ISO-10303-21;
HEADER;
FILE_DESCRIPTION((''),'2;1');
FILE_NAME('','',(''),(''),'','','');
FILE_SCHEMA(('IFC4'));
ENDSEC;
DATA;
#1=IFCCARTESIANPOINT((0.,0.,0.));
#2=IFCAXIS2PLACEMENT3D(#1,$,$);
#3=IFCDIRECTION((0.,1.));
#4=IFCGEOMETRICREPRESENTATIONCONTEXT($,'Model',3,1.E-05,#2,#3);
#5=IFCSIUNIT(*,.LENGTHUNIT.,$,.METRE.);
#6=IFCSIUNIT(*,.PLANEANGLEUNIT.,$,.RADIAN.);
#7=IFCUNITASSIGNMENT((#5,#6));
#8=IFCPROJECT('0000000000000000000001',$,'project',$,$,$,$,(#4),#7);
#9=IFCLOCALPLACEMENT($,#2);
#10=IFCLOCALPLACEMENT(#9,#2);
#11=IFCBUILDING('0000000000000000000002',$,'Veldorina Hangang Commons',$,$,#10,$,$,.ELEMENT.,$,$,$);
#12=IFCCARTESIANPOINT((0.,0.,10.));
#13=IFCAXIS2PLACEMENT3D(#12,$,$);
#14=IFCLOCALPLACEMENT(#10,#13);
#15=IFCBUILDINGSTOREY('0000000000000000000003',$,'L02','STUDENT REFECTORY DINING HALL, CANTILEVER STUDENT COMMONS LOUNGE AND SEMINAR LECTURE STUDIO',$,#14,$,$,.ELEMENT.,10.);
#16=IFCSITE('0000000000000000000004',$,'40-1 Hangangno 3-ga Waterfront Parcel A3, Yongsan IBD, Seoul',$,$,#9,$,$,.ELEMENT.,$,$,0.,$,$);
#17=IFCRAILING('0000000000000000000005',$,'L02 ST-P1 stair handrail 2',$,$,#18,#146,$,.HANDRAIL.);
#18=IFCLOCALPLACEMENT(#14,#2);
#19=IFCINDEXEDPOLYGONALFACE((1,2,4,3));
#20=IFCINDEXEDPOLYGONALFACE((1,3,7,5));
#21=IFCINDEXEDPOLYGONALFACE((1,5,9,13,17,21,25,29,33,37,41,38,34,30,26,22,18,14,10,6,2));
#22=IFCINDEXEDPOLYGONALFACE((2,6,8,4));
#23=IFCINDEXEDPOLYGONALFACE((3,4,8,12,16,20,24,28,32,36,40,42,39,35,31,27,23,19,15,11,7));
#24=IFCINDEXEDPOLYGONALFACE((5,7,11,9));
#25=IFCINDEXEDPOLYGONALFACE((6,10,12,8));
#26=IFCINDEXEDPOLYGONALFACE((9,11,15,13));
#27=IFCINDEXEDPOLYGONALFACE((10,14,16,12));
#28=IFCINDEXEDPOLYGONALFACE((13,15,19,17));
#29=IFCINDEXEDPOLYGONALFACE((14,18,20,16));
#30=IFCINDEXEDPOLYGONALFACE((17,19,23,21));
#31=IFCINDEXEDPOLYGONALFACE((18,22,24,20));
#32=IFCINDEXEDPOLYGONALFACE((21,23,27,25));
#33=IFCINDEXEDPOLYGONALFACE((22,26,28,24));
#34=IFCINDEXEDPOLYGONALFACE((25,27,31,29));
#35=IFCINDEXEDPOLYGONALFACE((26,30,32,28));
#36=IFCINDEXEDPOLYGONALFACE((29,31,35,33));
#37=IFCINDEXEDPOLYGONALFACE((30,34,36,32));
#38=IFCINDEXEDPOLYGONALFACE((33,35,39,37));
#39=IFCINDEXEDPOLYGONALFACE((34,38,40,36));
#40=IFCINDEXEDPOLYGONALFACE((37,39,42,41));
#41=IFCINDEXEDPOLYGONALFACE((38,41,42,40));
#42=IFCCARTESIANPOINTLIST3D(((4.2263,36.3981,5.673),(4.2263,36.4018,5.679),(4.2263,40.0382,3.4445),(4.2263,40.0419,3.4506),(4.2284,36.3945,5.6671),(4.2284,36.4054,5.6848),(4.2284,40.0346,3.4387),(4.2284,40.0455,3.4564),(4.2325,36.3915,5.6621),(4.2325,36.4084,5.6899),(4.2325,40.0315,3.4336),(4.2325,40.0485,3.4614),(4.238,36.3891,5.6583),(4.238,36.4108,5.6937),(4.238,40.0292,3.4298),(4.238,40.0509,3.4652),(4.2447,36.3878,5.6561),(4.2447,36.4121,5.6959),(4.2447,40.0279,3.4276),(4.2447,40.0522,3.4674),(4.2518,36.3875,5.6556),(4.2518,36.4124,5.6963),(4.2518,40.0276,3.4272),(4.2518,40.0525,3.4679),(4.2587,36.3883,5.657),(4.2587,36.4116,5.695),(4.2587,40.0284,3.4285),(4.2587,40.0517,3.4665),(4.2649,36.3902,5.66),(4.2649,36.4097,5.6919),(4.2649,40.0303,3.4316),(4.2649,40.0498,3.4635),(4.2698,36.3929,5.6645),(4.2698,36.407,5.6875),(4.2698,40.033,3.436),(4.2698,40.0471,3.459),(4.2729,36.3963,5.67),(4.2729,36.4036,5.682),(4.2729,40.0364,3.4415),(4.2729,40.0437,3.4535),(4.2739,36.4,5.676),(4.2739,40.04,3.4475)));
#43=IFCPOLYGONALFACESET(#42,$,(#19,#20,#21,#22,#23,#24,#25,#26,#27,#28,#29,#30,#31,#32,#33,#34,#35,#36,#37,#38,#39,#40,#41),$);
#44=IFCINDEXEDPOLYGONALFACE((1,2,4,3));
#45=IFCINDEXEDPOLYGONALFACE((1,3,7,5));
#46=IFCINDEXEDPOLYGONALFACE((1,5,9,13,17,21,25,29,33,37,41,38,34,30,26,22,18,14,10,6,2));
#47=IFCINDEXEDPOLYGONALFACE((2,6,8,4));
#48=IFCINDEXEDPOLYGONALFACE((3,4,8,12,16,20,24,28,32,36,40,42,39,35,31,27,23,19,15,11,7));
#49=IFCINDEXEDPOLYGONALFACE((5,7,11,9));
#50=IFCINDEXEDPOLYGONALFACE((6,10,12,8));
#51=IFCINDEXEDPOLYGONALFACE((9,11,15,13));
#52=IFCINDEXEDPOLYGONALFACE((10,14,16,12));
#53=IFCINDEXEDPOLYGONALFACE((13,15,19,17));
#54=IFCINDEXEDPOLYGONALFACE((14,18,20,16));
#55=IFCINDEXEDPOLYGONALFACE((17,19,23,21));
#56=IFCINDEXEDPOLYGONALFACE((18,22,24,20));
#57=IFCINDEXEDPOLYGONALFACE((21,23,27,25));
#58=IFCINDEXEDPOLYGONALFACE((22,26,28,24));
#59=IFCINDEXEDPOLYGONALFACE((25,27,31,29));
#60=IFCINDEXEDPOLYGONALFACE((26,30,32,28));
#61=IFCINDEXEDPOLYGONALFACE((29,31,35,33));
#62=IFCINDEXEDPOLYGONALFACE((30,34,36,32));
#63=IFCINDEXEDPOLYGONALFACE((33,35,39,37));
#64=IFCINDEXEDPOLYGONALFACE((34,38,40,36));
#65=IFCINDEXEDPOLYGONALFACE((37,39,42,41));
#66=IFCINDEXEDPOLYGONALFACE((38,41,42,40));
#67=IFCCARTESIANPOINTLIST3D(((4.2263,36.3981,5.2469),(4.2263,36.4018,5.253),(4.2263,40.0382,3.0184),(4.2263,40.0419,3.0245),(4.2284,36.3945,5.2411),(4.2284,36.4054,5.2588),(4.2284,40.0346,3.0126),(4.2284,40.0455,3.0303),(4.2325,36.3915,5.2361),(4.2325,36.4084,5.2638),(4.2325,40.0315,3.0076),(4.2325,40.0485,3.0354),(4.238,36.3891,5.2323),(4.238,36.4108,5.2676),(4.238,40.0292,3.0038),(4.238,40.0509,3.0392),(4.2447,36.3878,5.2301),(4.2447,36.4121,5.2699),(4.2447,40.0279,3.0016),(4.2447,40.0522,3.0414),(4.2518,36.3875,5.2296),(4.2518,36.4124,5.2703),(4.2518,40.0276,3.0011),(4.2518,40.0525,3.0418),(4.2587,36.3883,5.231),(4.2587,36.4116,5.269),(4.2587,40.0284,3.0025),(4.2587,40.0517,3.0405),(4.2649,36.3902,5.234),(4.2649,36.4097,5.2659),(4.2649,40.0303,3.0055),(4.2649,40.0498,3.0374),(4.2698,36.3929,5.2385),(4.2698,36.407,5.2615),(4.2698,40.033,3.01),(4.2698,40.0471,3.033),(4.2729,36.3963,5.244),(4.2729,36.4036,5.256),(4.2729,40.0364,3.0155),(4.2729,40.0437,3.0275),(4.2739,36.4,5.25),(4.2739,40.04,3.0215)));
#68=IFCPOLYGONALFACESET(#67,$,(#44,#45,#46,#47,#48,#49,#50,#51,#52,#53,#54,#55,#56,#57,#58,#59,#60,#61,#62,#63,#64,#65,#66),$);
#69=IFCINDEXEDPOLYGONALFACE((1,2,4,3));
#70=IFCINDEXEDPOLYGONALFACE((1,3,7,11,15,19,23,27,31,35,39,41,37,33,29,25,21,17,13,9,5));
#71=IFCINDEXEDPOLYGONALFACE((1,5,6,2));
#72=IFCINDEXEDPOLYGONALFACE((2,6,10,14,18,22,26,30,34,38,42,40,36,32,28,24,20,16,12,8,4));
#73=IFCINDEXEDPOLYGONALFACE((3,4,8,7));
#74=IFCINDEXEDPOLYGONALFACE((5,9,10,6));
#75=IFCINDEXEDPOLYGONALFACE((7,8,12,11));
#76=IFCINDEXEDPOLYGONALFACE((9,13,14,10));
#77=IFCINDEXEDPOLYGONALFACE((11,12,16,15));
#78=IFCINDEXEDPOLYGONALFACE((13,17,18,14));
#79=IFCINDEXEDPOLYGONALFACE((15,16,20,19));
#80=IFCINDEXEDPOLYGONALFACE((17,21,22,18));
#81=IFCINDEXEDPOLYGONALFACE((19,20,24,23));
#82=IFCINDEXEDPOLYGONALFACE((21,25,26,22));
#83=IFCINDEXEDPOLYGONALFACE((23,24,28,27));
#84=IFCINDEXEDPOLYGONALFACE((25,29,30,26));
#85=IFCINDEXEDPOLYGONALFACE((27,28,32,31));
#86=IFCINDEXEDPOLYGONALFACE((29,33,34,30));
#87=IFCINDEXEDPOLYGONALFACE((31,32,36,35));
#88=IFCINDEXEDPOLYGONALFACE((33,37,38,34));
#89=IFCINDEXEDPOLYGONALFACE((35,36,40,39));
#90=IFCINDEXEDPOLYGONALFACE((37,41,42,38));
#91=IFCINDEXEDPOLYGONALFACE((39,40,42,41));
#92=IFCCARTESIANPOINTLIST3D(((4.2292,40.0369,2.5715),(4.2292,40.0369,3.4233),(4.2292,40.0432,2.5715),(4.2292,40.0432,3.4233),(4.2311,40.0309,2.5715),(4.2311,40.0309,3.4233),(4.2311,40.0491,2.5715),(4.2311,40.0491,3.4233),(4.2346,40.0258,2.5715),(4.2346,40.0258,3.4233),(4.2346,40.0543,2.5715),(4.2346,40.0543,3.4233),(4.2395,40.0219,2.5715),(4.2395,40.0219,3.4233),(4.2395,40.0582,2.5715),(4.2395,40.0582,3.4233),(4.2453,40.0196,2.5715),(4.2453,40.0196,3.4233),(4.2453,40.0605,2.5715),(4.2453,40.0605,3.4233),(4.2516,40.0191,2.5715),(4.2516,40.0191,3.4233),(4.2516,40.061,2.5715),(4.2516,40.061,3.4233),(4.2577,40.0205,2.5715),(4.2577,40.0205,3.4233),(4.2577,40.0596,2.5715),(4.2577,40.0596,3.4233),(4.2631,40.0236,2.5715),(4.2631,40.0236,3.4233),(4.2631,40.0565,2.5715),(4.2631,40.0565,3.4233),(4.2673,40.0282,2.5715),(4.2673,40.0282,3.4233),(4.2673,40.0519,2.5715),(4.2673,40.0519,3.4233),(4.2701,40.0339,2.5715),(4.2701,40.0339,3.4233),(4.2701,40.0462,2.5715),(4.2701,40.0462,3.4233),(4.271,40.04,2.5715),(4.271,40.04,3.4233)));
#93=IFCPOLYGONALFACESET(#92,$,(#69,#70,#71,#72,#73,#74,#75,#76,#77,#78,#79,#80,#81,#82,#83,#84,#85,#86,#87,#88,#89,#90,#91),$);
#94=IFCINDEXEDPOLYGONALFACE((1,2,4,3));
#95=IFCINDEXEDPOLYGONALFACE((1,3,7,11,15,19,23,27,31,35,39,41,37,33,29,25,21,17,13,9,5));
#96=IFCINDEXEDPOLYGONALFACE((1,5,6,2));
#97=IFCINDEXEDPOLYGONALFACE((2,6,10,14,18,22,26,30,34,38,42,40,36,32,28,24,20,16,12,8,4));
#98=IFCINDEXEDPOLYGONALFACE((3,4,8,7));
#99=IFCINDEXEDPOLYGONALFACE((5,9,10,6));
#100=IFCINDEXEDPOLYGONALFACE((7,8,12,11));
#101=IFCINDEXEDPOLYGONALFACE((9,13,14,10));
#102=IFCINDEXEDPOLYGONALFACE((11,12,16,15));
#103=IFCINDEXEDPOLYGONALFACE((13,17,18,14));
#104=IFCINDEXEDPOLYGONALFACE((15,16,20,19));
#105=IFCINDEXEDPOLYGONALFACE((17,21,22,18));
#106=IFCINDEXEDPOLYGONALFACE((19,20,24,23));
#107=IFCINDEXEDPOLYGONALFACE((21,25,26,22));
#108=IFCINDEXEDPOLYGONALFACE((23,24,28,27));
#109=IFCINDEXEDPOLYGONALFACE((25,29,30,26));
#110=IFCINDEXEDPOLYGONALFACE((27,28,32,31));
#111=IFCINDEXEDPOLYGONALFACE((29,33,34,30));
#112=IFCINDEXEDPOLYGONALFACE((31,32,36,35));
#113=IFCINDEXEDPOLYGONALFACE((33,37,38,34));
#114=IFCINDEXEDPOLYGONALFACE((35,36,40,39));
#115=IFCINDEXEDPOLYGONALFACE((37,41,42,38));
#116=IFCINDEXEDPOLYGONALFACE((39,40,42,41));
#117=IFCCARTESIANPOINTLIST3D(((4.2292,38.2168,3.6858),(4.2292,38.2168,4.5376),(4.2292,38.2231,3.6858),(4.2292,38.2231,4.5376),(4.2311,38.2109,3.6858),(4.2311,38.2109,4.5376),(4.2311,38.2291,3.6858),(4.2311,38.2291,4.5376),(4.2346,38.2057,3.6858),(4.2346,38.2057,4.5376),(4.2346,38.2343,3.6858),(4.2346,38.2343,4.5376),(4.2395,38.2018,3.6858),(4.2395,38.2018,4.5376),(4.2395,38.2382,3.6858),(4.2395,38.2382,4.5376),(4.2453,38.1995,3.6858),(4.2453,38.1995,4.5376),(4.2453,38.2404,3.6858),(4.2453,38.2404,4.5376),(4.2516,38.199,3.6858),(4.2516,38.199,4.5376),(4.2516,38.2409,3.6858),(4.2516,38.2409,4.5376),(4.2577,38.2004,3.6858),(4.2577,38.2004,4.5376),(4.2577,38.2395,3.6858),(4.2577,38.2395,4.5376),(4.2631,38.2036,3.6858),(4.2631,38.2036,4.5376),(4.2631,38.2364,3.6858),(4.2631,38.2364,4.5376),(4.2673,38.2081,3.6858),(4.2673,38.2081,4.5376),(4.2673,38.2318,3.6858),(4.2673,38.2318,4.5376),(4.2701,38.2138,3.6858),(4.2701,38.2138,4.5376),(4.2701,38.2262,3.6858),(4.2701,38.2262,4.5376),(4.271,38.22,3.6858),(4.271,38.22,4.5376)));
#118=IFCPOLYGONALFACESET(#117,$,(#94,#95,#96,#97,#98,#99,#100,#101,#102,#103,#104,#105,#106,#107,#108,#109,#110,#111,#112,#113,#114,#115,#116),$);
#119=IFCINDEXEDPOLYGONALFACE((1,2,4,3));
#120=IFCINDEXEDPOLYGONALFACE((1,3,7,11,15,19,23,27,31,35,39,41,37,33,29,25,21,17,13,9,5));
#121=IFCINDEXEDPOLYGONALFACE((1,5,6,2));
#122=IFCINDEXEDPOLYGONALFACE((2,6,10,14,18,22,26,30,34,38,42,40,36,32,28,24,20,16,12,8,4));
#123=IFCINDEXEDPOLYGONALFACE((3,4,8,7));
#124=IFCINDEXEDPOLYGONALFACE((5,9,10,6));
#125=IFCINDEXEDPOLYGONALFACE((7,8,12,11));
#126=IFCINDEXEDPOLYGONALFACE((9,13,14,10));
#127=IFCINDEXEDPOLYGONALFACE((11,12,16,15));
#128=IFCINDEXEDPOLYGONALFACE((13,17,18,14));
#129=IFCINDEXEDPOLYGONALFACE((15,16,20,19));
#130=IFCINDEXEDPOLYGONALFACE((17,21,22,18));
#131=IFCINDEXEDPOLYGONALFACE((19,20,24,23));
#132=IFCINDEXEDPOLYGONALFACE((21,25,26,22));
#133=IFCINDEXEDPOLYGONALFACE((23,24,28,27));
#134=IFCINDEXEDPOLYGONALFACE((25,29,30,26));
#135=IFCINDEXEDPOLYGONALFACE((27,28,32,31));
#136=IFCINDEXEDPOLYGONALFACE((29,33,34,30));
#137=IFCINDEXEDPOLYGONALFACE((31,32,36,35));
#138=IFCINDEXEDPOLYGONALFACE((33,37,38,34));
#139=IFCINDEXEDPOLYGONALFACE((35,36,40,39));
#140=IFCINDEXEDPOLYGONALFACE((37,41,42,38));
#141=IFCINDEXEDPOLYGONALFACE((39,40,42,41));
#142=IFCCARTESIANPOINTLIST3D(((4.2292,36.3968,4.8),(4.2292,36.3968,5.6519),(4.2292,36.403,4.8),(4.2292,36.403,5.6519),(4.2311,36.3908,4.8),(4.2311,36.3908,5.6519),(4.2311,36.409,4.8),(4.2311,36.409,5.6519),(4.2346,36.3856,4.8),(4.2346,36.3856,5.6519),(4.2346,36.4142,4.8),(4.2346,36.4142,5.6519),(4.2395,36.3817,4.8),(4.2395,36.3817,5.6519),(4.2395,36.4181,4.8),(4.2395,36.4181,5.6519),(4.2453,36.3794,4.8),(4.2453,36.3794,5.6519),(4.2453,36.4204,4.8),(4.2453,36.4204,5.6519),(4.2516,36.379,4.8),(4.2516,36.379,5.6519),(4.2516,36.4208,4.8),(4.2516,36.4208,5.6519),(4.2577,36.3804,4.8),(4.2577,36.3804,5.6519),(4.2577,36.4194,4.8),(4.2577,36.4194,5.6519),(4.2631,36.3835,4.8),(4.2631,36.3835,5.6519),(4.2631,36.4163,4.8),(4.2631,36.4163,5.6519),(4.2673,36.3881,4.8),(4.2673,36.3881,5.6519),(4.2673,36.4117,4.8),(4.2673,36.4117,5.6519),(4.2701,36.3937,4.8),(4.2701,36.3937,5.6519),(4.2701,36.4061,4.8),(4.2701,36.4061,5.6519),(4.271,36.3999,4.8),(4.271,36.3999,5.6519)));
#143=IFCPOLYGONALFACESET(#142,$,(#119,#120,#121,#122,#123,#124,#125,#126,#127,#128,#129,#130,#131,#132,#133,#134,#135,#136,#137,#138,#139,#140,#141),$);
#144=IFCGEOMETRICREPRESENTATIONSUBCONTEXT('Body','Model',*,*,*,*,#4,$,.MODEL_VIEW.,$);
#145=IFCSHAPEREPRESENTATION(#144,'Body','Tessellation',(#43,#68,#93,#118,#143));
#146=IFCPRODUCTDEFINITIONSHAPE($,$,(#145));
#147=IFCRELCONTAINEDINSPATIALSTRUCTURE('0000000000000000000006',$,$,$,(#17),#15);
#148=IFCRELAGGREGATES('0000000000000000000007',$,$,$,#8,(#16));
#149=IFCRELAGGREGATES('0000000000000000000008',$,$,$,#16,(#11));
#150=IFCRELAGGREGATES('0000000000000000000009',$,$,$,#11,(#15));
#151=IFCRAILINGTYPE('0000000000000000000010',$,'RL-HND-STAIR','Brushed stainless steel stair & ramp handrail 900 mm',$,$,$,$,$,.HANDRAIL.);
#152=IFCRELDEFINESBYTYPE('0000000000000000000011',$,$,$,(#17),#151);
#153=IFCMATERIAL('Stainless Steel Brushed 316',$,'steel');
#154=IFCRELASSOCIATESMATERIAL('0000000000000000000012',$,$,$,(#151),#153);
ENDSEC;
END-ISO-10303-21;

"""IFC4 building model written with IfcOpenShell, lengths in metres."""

from ifc_helpers import new_model, si_unit, direction, frame, origin, origin_2d, place, context, subcontext, project, spatial, circle, extrude, material, type_object, element, save


model = new_model("IFC4")

# Units and contexts
model_context = context("Model", 3, precision=1e-05, world=origin(), true_north=direction((0.0, 1.0)))
body_context = subcontext(model_context, "Body", "Model", "MODEL_VIEW")
ifc_project = project(units=[si_unit("LENGTHUNIT", "METRE"), si_unit("PLANEANGLEUNIT", "RADIAN")], contexts=[model_context])

# Site, building, storey
site_placement = place(None, origin())
site = spatial("IfcSite", under=ifc_project, at=site_placement, Name="40-1 Hangangno 3-ga Waterfront Parcel A3, Yongsan IBD, Seoul", CompositionType="ELEMENT", RefElevation=0.0)
building_placement = place(site_placement, origin())
building = spatial("IfcBuilding", under=site, at=building_placement, Name="Veldorina Hangang Commons", CompositionType="ELEMENT")
storey_placement = place(building_placement, frame((0.0, 0.0, 10.0)))
storey = spatial("IfcBuildingStorey", under=building, at=storey_placement, Name="L02", Description="STUDENT REFECTORY DINING HALL, CANTILEVER STUDENT COMMONS LOUNGE AND SEMINAR LECTURE STUDIO", CompositionType="ELEMENT", Elevation=10.0)

# Railing
ifc_material_1 = material(Name="Stainless Steel Brushed 316", Category="steel")
railing_type_1 = type_object("IfcRailingType", Name="RL-HND-STAIR", Description="Brushed stainless steel stair & ramp handrail 900 mm", PredefinedType="HANDRAIL", material=ifc_material_1)
railing_1_placement = place(storey_placement, frame((4.25, 40.04, 2.5715)))
element("IfcRailing", 1, at=railing_1_placement, inside=storey, type_object=railing_type_1, Name="L02 ST-P1 stair handrail 2", PredefinedType="HANDRAIL", context=body_context, shape_type="SweptSolid", body=[
    extrude(circle(Radius=0.0239, at=origin_2d()), frame((0.0, 0.0, 0.876), z_axis=(0.0, -0.852866, 0.52213), x_axis=(1.0, 0.0, 0.0)), (0.0, 0.0, 1.0), 4.2681),
    extrude(circle(Radius=0.0239, at=origin_2d()), frame((0.0, 0.0, 0.45), z_axis=(0.0, -0.852866, 0.52213), x_axis=(1.0, 0.0, 0.0)), (0.0, 0.0, 1.0), 4.2681),
    extrude(circle(Radius=0.021, at=origin_2d()), origin(), (0.0, 0.0, 1.0), 0.8518),
    extrude(circle(Radius=0.021, at=origin_2d()), frame((0.0, -1.8201, 1.1143)), (0.0, 0.0, 1.0), 0.8518),
    extrude(circle(Radius=0.021, at=origin_2d()), frame((0.0, -3.6401, 2.2285)), (0.0, 0.0, 1.0), 0.8518),
])

save(model, "model.ifc")
